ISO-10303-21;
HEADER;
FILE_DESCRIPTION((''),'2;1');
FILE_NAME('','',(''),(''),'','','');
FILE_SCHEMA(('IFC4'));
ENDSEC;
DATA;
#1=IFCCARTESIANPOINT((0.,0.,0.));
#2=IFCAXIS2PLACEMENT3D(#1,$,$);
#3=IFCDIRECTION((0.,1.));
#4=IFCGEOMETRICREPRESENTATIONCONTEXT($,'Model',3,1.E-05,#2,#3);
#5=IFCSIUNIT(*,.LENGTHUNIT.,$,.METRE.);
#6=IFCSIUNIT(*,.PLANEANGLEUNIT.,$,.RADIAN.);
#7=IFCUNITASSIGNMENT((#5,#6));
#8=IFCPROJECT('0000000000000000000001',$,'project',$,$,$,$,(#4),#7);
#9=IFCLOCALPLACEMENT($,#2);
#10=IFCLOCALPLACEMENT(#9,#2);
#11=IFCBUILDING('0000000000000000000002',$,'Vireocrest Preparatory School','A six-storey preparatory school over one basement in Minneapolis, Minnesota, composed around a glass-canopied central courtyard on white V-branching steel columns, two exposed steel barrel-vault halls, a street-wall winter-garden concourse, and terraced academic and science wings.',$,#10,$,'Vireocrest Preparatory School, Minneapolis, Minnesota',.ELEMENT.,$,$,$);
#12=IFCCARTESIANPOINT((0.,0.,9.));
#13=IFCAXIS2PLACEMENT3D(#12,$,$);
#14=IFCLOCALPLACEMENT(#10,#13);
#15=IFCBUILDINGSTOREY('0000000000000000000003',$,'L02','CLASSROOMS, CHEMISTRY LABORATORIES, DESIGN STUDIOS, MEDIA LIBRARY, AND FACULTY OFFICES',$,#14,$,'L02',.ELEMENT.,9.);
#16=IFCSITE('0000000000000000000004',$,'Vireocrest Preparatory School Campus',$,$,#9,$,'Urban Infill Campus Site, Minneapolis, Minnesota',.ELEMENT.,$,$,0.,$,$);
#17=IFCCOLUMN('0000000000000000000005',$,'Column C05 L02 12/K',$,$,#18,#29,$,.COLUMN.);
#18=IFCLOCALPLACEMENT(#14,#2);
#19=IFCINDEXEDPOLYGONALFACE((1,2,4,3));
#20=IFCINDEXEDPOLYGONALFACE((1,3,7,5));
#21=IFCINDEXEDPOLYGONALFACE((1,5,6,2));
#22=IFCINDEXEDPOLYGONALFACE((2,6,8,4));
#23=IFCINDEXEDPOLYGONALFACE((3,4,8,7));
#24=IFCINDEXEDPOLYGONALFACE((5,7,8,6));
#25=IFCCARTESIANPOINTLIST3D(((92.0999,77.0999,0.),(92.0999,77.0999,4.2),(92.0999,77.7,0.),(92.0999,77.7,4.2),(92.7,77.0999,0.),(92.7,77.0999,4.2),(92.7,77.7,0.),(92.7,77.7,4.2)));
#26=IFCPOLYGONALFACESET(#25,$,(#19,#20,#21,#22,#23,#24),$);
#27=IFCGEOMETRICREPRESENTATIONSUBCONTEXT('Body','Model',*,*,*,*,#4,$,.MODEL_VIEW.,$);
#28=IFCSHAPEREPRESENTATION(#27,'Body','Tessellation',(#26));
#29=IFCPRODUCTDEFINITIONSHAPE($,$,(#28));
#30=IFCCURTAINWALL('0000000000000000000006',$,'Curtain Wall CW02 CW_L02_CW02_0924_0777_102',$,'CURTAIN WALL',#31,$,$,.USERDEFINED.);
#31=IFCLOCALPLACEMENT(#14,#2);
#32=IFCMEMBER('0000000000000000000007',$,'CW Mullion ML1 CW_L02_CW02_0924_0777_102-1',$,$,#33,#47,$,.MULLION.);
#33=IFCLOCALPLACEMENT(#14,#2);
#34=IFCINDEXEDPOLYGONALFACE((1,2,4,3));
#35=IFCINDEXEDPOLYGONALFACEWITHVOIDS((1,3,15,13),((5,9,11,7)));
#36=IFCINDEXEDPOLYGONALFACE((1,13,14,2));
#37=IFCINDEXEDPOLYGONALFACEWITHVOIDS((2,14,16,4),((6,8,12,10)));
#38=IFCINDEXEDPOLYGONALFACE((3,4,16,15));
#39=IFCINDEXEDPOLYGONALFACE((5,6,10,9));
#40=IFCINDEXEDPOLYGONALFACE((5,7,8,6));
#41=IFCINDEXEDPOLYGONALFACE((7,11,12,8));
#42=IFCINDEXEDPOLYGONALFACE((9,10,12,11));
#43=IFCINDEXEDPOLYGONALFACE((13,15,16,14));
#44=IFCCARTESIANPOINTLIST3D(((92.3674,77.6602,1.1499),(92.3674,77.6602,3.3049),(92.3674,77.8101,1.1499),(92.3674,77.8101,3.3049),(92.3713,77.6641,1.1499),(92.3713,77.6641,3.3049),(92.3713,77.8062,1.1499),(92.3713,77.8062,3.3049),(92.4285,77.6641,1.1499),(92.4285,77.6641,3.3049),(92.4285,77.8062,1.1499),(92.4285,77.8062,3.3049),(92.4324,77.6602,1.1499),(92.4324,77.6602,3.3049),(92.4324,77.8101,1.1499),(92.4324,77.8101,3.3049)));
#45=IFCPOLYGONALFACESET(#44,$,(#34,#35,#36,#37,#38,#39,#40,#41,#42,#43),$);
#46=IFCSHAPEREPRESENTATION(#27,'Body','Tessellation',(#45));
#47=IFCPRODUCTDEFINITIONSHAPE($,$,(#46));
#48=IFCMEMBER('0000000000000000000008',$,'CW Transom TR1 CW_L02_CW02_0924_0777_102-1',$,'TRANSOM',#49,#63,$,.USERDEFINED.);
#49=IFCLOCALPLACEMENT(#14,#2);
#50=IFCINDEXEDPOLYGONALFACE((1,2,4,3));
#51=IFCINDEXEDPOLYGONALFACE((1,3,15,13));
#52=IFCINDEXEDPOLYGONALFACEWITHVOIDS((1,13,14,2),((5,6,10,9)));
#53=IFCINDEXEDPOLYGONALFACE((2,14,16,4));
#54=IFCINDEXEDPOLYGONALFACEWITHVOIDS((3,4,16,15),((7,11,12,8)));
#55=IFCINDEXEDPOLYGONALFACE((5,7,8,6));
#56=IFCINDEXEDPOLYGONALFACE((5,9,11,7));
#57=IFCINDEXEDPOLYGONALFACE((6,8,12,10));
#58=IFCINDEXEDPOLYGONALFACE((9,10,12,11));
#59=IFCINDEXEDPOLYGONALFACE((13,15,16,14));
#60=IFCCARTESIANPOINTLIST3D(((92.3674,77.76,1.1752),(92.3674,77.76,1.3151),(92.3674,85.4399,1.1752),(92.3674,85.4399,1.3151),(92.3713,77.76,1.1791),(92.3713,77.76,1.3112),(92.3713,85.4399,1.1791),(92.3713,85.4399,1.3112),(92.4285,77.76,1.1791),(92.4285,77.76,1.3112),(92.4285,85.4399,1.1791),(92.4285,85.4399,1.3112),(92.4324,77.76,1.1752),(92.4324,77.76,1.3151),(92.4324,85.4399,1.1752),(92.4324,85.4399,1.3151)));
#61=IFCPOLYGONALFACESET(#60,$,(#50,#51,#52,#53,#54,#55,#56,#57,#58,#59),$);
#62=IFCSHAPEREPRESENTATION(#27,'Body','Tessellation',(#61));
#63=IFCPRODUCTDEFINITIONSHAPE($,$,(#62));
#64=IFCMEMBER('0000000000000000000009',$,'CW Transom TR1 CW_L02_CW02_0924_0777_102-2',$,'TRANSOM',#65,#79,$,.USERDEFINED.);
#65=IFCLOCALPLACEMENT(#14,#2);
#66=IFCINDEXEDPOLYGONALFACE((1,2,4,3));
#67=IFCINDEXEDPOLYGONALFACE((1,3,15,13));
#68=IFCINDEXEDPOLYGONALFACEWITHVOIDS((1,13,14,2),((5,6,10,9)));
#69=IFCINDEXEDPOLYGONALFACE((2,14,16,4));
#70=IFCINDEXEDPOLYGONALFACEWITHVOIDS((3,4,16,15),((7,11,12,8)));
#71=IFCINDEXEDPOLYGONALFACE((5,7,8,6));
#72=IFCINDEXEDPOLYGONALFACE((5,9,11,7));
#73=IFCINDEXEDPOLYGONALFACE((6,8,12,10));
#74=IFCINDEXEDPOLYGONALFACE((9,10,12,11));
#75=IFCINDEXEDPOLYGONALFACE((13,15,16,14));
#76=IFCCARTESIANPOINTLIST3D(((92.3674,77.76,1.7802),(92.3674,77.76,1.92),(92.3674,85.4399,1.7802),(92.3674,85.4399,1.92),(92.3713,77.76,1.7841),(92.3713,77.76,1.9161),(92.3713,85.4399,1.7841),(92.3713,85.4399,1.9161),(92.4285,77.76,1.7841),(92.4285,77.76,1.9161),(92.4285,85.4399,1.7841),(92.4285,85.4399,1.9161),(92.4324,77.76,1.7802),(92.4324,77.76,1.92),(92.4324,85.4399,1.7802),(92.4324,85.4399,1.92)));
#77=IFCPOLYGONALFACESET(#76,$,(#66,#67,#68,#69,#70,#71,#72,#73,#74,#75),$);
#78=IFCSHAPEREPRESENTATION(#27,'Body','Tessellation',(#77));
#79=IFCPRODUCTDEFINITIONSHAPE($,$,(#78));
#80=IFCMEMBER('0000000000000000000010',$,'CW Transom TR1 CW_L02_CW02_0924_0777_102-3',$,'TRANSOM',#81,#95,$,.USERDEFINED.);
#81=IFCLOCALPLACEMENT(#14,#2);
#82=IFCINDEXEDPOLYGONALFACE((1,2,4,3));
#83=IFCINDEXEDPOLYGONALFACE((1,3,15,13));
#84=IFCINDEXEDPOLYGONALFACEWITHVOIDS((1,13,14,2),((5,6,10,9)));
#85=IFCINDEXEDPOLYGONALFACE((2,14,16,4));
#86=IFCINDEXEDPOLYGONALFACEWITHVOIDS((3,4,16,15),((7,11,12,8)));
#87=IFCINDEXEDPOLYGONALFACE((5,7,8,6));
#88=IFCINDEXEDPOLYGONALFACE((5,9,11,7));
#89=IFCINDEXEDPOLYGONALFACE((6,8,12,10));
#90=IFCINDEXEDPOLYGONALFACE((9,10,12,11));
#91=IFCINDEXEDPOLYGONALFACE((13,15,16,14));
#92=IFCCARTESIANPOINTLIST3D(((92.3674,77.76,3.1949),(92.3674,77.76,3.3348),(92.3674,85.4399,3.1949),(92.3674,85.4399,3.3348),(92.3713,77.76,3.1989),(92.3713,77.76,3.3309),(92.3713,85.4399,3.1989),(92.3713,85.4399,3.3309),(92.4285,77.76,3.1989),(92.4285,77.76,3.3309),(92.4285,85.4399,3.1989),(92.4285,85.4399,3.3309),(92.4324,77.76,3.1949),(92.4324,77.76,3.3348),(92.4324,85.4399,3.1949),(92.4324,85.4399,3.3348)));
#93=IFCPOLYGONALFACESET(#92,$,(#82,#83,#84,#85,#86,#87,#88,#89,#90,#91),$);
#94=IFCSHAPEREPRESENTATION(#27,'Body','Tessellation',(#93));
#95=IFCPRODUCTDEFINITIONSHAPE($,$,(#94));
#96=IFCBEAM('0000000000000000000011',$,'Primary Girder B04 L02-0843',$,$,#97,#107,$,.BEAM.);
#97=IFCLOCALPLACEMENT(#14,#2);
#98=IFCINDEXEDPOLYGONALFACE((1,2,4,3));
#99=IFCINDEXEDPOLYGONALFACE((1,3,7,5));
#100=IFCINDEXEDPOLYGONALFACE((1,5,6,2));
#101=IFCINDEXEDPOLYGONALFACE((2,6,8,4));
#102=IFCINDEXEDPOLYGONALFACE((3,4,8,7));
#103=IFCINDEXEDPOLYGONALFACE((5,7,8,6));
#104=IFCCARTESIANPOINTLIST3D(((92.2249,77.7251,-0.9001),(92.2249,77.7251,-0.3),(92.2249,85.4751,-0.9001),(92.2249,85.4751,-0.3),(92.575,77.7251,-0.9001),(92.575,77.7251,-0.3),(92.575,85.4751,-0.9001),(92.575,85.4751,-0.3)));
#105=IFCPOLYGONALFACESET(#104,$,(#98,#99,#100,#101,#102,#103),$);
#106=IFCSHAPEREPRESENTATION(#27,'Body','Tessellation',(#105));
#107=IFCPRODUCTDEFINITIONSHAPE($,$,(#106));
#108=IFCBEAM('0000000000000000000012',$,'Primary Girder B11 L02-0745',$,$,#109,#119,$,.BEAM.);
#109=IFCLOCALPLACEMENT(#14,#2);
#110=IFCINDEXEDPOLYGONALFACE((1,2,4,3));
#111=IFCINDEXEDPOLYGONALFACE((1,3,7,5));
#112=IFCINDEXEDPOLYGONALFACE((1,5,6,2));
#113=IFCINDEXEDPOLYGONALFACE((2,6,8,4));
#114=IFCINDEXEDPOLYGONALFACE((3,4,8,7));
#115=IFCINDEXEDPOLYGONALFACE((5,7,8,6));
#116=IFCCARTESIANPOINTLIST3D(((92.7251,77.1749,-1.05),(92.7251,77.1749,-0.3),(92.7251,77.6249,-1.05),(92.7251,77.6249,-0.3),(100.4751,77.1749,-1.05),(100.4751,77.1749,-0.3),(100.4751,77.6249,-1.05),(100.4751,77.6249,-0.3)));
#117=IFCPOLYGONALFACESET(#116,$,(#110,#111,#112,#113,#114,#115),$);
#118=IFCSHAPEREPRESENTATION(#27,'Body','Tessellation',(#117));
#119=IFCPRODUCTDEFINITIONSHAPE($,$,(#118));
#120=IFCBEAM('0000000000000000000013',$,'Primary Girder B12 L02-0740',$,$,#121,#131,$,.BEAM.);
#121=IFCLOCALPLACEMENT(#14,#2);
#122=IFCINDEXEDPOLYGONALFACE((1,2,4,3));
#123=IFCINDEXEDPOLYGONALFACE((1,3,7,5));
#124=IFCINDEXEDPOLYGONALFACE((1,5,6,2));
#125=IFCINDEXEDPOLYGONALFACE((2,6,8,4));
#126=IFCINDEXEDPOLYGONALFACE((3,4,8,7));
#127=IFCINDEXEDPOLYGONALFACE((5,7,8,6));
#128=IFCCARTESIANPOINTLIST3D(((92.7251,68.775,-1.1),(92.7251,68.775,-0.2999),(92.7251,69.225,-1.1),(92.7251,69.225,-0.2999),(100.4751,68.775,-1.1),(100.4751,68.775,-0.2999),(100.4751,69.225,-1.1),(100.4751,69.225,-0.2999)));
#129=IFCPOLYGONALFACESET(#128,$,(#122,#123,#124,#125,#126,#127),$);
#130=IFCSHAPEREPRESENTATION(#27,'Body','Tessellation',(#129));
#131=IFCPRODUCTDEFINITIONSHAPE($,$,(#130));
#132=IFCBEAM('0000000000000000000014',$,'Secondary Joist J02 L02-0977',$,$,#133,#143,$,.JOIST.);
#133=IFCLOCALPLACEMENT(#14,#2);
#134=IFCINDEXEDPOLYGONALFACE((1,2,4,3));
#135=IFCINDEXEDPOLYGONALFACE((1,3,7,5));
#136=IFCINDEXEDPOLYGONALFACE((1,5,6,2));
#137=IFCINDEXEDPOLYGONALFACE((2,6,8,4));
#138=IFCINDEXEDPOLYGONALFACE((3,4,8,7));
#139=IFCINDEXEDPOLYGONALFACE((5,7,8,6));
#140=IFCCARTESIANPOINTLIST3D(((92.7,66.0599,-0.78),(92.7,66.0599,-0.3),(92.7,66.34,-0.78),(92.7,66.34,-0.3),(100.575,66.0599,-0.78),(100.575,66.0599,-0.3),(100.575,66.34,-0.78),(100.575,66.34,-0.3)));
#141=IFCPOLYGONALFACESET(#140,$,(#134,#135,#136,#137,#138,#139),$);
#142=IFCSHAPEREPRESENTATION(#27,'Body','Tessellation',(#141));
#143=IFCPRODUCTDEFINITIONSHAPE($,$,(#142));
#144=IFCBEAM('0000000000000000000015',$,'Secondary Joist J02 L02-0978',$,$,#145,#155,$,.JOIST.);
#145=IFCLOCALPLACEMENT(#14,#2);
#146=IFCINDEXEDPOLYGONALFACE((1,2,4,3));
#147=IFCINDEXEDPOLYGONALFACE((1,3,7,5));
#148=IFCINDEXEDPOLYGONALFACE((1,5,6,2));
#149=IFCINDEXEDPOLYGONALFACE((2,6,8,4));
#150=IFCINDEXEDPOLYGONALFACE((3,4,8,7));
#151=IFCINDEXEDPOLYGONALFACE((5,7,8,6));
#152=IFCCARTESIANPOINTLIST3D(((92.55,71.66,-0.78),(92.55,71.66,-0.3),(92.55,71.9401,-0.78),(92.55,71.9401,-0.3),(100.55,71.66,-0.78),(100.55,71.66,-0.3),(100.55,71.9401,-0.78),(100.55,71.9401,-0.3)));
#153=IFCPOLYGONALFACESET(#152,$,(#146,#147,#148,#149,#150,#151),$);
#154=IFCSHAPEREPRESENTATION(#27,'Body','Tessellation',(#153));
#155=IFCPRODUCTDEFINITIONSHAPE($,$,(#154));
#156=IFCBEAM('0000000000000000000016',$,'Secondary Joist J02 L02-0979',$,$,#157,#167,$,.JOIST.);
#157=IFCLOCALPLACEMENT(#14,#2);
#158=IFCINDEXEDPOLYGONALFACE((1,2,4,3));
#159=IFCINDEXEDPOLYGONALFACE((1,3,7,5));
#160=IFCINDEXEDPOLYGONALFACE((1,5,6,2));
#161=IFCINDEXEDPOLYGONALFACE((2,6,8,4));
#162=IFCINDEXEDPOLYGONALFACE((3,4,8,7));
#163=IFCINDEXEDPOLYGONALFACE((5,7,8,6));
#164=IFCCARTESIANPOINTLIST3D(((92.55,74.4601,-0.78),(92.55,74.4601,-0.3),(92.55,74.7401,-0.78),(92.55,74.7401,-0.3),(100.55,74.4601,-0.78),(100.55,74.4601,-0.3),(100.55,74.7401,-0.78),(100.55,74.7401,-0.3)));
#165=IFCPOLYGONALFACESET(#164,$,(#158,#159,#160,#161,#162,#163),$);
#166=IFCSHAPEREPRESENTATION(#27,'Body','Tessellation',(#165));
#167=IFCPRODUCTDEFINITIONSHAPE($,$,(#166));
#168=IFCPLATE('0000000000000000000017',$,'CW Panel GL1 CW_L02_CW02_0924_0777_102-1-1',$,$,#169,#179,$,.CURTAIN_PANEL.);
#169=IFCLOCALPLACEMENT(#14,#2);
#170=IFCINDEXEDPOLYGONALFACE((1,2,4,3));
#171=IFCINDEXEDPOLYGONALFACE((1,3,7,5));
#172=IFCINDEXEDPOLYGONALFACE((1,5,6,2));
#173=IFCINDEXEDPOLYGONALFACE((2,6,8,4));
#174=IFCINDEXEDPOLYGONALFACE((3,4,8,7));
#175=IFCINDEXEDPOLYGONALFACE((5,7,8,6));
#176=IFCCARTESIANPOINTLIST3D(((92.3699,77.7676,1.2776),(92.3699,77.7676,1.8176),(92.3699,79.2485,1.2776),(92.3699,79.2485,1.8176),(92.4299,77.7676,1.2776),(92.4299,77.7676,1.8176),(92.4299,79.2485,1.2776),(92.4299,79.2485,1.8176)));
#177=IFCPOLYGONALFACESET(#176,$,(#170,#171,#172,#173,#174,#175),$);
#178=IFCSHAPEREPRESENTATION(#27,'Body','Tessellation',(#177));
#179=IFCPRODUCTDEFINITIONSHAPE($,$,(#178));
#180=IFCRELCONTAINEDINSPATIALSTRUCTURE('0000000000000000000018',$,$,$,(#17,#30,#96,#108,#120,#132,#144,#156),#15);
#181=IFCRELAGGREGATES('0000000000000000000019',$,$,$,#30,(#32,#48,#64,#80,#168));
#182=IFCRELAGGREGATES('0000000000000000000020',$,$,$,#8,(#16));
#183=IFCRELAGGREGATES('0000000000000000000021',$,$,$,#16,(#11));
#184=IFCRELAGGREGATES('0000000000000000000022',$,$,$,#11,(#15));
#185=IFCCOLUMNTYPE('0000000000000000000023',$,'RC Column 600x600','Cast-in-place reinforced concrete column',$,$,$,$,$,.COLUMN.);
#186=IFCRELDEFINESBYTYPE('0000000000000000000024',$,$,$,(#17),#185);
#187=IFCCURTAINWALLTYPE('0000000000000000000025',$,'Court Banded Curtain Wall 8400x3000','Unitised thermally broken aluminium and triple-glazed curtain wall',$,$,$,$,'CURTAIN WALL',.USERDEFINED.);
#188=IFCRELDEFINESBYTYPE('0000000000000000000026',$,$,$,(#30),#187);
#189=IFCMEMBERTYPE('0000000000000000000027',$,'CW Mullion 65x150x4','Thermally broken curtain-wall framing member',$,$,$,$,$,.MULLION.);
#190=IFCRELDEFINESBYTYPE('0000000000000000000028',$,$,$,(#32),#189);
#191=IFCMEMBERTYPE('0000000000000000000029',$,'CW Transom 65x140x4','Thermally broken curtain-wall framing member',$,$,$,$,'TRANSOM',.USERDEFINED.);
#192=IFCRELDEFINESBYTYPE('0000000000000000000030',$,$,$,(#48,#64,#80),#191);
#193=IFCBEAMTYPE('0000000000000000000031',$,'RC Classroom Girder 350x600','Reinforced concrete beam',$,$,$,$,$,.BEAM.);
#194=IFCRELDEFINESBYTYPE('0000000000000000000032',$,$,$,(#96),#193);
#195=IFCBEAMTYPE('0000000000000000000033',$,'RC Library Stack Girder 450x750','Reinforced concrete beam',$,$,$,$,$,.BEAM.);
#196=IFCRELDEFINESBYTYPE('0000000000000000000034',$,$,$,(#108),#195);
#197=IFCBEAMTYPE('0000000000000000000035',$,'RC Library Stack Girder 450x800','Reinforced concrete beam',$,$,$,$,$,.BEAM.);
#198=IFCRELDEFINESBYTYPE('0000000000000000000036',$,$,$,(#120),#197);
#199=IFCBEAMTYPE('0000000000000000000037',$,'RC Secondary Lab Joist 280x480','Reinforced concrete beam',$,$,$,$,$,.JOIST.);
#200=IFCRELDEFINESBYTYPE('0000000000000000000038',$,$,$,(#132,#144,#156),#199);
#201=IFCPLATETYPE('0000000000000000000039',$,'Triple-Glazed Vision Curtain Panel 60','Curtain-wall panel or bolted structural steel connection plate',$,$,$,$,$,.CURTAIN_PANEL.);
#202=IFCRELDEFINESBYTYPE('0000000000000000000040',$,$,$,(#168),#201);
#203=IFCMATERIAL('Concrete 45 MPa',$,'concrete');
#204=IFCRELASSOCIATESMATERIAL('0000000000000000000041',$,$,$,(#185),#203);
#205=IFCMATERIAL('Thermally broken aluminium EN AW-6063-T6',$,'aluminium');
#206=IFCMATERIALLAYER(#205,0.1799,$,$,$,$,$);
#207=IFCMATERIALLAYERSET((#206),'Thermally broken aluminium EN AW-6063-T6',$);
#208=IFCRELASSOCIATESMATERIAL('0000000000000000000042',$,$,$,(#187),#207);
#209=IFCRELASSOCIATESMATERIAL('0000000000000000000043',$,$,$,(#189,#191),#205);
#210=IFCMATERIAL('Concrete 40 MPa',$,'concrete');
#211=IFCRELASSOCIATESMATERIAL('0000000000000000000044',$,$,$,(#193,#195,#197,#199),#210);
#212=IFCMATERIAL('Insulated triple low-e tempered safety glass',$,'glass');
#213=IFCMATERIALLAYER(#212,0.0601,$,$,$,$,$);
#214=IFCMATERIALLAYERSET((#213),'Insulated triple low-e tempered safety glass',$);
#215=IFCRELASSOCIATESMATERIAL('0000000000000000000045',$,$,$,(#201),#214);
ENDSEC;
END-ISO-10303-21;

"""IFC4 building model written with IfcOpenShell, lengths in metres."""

from ifc_helpers import new_model, si_unit, direction, frame, origin, origin_2d, place, context, subcontext, project, spatial, rectangle, hollow_rectangle, extrude, material, layer, layer_set, material_profile, profile_set, type_object, element, aggregate, save


model = new_model("IFC4")

# Units and contexts
model_context = context("Model", 3, precision=1e-05, world=origin(), true_north=direction((0.0, 1.0)))
body_context = subcontext(model_context, "Body", "Model", "MODEL_VIEW")
ifc_project = project(units=[si_unit("LENGTHUNIT", "METRE"), si_unit("PLANEANGLEUNIT", "RADIAN")], contexts=[model_context])

# Site, building, storey
site_placement = place(None, origin())
site = spatial("IfcSite", under=ifc_project, at=site_placement, Name="Vireocrest Preparatory School Campus", LongName="Urban Infill Campus Site, Minneapolis, Minnesota", CompositionType="ELEMENT", RefElevation=0.0)
building_placement = place(site_placement, origin())
building = spatial("IfcBuilding", under=site, at=building_placement, Name="Vireocrest Preparatory School", Description="A six-storey preparatory school over one basement in Minneapolis, Minnesota, composed around a glass-canopied central courtyard on white V-branching steel columns, two exposed steel barrel-vault halls, a street-wall winter-garden concourse, and terraced academic and science wings.", LongName="Vireocrest Preparatory School, Minneapolis, Minnesota", CompositionType="ELEMENT")
storey_placement = place(building_placement, frame((0.0, 0.0, 9.0)))
storey = spatial("IfcBuildingStorey", under=building, at=storey_placement, Name="L02", Description="CLASSROOMS, CHEMISTRY LABORATORIES, DESIGN STUDIOS, MEDIA LIBRARY, AND FACULTY OFFICES", LongName="L02", CompositionType="ELEMENT", Elevation=9.0)

# Column
ifc_material_1 = material(Name="Concrete 45 MPa", Category="concrete")
ifc_material_profile_1 = material_profile(ifc_material_1, rectangle(XDim=0.6001, YDim=0.6001, at=origin_2d()), Name="RC 600x600")
ifc_profile_set_1 = profile_set([ifc_material_profile_1], Name="Concrete 45 MPa")
column_type = type_object("IfcColumnType", Name="RC Column 600x600", Description="Cast-in-place reinforced concrete column", PredefinedType="COLUMN", material=ifc_profile_set_1)
column_placement = place(storey_placement, frame((92.3999, 77.3999, 0.0), z_axis=(0.0, 0.0, 1.0), x_axis=(1.0, 0.0, 0.0)))
element("IfcColumn", 1, at=column_placement, inside=storey, type_object=column_type, Name="Column C05 L02 12/K", PredefinedType="COLUMN", context=body_context, shape_type="SweptSolid", body=[
    extrude(rectangle(XDim=0.6001, YDim=0.6001, at=origin_2d()), origin(), (0.0, 0.0, 1.0), 4.2),
])

# Curtain wall, members
ifc_material_2 = material(Name="Thermally broken aluminium EN AW-6063-T6", Category="aluminium")
ifc_layer_1 = layer(ifc_material_2, 0.1799)
ifc_layer_set_1 = layer_set([ifc_layer_1], Name="Thermally broken aluminium EN AW-6063-T6")
curtain_wall_type = type_object("IfcCurtainWallType", Name="Court Banded Curtain Wall 8400x3000", Description="Unitised thermally broken aluminium and triple-glazed curtain wall", ElementType="CURTAIN WALL", PredefinedType="USERDEFINED", material=ifc_layer_set_1)
curtain_wall_placement = place(storey_placement, origin())
curtain_wall = element("IfcCurtainWall", 2, at=curtain_wall_placement, inside=storey, type_object=curtain_wall_type, Name="Curtain Wall CW02 CW_L02_CW02_0924_0777_102", ObjectType="CURTAIN WALL", PredefinedType="USERDEFINED")
ifc_material_profile_2 = material_profile(ifc_material_2, hollow_rectangle(XDim=0.0649, YDim=0.1499, WallThickness=0.0039, at=origin_2d()), Name="ALU 65x150x4")
ifc_profile_set_2 = profile_set([ifc_material_profile_2], Name="Thermally broken aluminium EN AW-6063-T6")
member_type_1 = type_object("IfcMemberType", Name="CW Mullion 65x150x4", Description="Thermally broken curtain-wall framing member", PredefinedType="MULLION", material=ifc_profile_set_2)
member_1_placement = place(storey_placement, frame((92.3999, 77.7351, 1.1499), z_axis=(0.0, 0.0, 1.0), x_axis=(1.0, 0.0, 0.0)))
member_1 = element("IfcMember", 3, at=member_1_placement, type_object=member_type_1, Name="CW Mullion ML1 CW_L02_CW02_0924_0777_102-1", PredefinedType="MULLION", context=body_context, shape_type="SweptSolid", body=[
    extrude(hollow_rectangle(XDim=0.0649, YDim=0.1499, WallThickness=0.0039, at=origin_2d()), origin(), (0.0, 0.0, 1.0), 2.155),
])
ifc_material_profile_3 = material_profile(ifc_material_2, hollow_rectangle(XDim=0.0649, YDim=0.1399, WallThickness=0.0039, at=origin_2d()), Name="ALU 65x140x4")
ifc_profile_set_3 = profile_set([ifc_material_profile_3], Name="Thermally broken aluminium EN AW-6063-T6")
member_type_2 = type_object("IfcMemberType", Name="CW Transom 65x140x4", Description="Thermally broken curtain-wall framing member", ElementType="TRANSOM", PredefinedType="USERDEFINED", material=ifc_profile_set_3)
member_2_placement = place(storey_placement, frame((92.3999, 77.76, 1.2451), z_axis=(0.0, 1.0, 0.0), x_axis=(-1.0, 0.0, 0.0)))
member_2 = element("IfcMember", 4, at=member_2_placement, type_object=member_type_2, Name="CW Transom TR1 CW_L02_CW02_0924_0777_102-1", ObjectType="TRANSOM", PredefinedType="USERDEFINED", context=body_context, shape_type="SweptSolid", body=[
    extrude(hollow_rectangle(XDim=0.0649, YDim=0.1399, WallThickness=0.0039, at=origin_2d()), origin(), (0.0, 0.0, 1.0), 7.6799),
])
member_3_placement = place(storey_placement, frame((92.3999, 77.76, 1.8501), z_axis=(0.0, 1.0, 0.0), x_axis=(-1.0, 0.0, 0.0)))
member_3 = element("IfcMember", 5, at=member_3_placement, type_object=member_type_2, Name="CW Transom TR1 CW_L02_CW02_0924_0777_102-2", ObjectType="TRANSOM", PredefinedType="USERDEFINED", context=body_context, shape_type="SweptSolid", body=[
    extrude(hollow_rectangle(XDim=0.0649, YDim=0.1399, WallThickness=0.0039, at=origin_2d()), origin(), (0.0, 0.0, 1.0), 7.6799),
])
member_4_placement = place(storey_placement, frame((92.3999, 77.76, 3.2649), z_axis=(0.0, 1.0, 0.0), x_axis=(-1.0, 0.0, 0.0)))
member_4 = element("IfcMember", 6, at=member_4_placement, type_object=member_type_2, Name="CW Transom TR1 CW_L02_CW02_0924_0777_102-3", ObjectType="TRANSOM", PredefinedType="USERDEFINED", context=body_context, shape_type="SweptSolid", body=[
    extrude(hollow_rectangle(XDim=0.0649, YDim=0.1399, WallThickness=0.0039, at=origin_2d()), origin(), (0.0, 0.0, 1.0), 7.6799),
])

# Beams
ifc_material_3 = material(Name="Concrete 40 MPa", Category="concrete")
ifc_material_profile_4 = material_profile(ifc_material_3, rectangle(XDim=0.3501, YDim=0.6001, at=origin_2d()), Name="RC 350x600")
ifc_profile_set_4 = profile_set([ifc_material_profile_4], Name="Concrete 40 MPa")
beam_type_1 = type_object("IfcBeamType", Name="RC Classroom Girder 350x600", Description="Reinforced concrete beam", PredefinedType="BEAM", material=ifc_profile_set_4)
beam_1_placement = place(storey_placement, frame((92.3999, 77.7251, -0.6001), z_axis=(0.0, 1.0, 0.0), x_axis=(-1.0, 0.0, 0.0)))
element("IfcBeam", 7, at=beam_1_placement, inside=storey, type_object=beam_type_1, Name="Primary Girder B04 L02-0843", PredefinedType="BEAM", context=body_context, shape_type="SweptSolid", body=[
    extrude(rectangle(XDim=0.3501, YDim=0.6001, at=origin_2d()), origin(), (0.0, 0.0, 1.0), 7.75),
])
ifc_material_profile_5 = material_profile(ifc_material_3, rectangle(XDim=0.45, YDim=0.75, at=origin_2d()), Name="RC 450x750")
ifc_profile_set_5 = profile_set([ifc_material_profile_5], Name="Concrete 40 MPa")
beam_type_2 = type_object("IfcBeamType", Name="RC Library Stack Girder 450x750", Description="Reinforced concrete beam", PredefinedType="BEAM", material=ifc_profile_set_5)
beam_2_placement = place(storey_placement, frame((92.7251, 77.3999, -0.675), z_axis=(1.0, 0.0, 0.0), x_axis=(0.0, 1.0, 0.0)))
element("IfcBeam", 8, at=beam_2_placement, inside=storey, type_object=beam_type_2, Name="Primary Girder B11 L02-0745", PredefinedType="BEAM", context=body_context, shape_type="SweptSolid", body=[
    extrude(rectangle(XDim=0.45, YDim=0.75, at=origin_2d()), origin(), (0.0, 0.0, 1.0), 7.75),
])
ifc_material_profile_6 = material_profile(ifc_material_3, rectangle(XDim=0.45, YDim=0.8, at=origin_2d()), Name="RC 450x800")
ifc_profile_set_6 = profile_set([ifc_material_profile_6], Name="Concrete 40 MPa")
beam_type_3 = type_object("IfcBeamType", Name="RC Library Stack Girder 450x800", Description="Reinforced concrete beam", PredefinedType="BEAM", material=ifc_profile_set_6)
beam_3_placement = place(storey_placement, frame((92.7251, 69.0, -0.7), z_axis=(1.0, 0.0, 0.0), x_axis=(0.0, 1.0, 0.0)))
element("IfcBeam", 9, at=beam_3_placement, inside=storey, type_object=beam_type_3, Name="Primary Girder B12 L02-0740", PredefinedType="BEAM", context=body_context, shape_type="SweptSolid", body=[
    extrude(rectangle(XDim=0.45, YDim=0.8, at=origin_2d()), origin(), (0.0, 0.0, 1.0), 7.75),
])
ifc_material_profile_7 = material_profile(ifc_material_3, rectangle(XDim=0.28, YDim=0.48, at=origin_2d()), Name="RC 280x480")
ifc_profile_set_7 = profile_set([ifc_material_profile_7], Name="Concrete 40 MPa")
beam_type_4 = type_object("IfcBeamType", Name="RC Secondary Lab Joist 280x480", Description="Reinforced concrete beam", PredefinedType="JOIST", material=ifc_profile_set_7)
beam_4_placement = place(storey_placement, frame((92.7, 66.2, -0.54), z_axis=(1.0, 0.0, 0.0), x_axis=(0.0, 1.0, 0.0)))
element("IfcBeam", 10, at=beam_4_placement, inside=storey, type_object=beam_type_4, Name="Secondary Joist J02 L02-0977", PredefinedType="JOIST", context=body_context, shape_type="SweptSolid", body=[
    extrude(rectangle(XDim=0.28, YDim=0.48, at=origin_2d()), origin(), (0.0, 0.0, 1.0), 7.875),
])
for number, where, z_axis, x_axis, name in (
    (11, (92.55, 71.8, -0.54), (1.0, 0.0, 0.0), (0.0, 1.0, 0.0), "Secondary Joist J02 L02-0978"),
    (12, (92.55, 74.6001, -0.54), (1.0, 0.0, 0.0), (0.0, 1.0, 0.0), "Secondary Joist J02 L02-0979"),
):
    element("IfcBeam", number, at=place(storey_placement, frame(where, z_axis=z_axis, x_axis=x_axis)), inside=storey, type_object=beam_type_4, Name=name, PredefinedType="JOIST", context=body_context, shape_type="SweptSolid", body=[
        extrude(rectangle(XDim=0.28, YDim=0.48, at=origin_2d()), origin(), (0.0, 0.0, 1.0), 8.0),
    ])

# Plate
ifc_material_4 = material(Name="Insulated triple low-e tempered safety glass", Category="glass")
ifc_layer_2 = layer(ifc_material_4, 0.0601)
ifc_layer_set_2 = layer_set([ifc_layer_2], Name="Insulated triple low-e tempered safety glass")
plate_type = type_object("IfcPlateType", Name="Triple-Glazed Vision Curtain Panel 60", Description="Curtain-wall panel or bolted structural steel connection plate", PredefinedType="CURTAIN_PANEL", material=ifc_layer_set_2)
plate_1_placement = place(storey_placement, frame((92.3999, 78.5081, 1.2776), z_axis=(0.0, 0.0, 1.0), x_axis=(0.0, 1.0, 0.0)))
plate_1 = element("IfcPlate", 13, at=plate_1_placement, type_object=plate_type, Name="CW Panel GL1 CW_L02_CW02_0924_0777_102-1-1", PredefinedType="CURTAIN_PANEL", context=body_context, shape_type="SweptSolid", body=[
    extrude(rectangle(XDim=1.481, YDim=0.0601, at=origin_2d()), origin(), (0.0, 0.0, 1.0), 0.54),
])
aggregate(curtain_wall, [member_1, member_2, member_3, member_4, plate_1])

save(model, "model.ifc")
